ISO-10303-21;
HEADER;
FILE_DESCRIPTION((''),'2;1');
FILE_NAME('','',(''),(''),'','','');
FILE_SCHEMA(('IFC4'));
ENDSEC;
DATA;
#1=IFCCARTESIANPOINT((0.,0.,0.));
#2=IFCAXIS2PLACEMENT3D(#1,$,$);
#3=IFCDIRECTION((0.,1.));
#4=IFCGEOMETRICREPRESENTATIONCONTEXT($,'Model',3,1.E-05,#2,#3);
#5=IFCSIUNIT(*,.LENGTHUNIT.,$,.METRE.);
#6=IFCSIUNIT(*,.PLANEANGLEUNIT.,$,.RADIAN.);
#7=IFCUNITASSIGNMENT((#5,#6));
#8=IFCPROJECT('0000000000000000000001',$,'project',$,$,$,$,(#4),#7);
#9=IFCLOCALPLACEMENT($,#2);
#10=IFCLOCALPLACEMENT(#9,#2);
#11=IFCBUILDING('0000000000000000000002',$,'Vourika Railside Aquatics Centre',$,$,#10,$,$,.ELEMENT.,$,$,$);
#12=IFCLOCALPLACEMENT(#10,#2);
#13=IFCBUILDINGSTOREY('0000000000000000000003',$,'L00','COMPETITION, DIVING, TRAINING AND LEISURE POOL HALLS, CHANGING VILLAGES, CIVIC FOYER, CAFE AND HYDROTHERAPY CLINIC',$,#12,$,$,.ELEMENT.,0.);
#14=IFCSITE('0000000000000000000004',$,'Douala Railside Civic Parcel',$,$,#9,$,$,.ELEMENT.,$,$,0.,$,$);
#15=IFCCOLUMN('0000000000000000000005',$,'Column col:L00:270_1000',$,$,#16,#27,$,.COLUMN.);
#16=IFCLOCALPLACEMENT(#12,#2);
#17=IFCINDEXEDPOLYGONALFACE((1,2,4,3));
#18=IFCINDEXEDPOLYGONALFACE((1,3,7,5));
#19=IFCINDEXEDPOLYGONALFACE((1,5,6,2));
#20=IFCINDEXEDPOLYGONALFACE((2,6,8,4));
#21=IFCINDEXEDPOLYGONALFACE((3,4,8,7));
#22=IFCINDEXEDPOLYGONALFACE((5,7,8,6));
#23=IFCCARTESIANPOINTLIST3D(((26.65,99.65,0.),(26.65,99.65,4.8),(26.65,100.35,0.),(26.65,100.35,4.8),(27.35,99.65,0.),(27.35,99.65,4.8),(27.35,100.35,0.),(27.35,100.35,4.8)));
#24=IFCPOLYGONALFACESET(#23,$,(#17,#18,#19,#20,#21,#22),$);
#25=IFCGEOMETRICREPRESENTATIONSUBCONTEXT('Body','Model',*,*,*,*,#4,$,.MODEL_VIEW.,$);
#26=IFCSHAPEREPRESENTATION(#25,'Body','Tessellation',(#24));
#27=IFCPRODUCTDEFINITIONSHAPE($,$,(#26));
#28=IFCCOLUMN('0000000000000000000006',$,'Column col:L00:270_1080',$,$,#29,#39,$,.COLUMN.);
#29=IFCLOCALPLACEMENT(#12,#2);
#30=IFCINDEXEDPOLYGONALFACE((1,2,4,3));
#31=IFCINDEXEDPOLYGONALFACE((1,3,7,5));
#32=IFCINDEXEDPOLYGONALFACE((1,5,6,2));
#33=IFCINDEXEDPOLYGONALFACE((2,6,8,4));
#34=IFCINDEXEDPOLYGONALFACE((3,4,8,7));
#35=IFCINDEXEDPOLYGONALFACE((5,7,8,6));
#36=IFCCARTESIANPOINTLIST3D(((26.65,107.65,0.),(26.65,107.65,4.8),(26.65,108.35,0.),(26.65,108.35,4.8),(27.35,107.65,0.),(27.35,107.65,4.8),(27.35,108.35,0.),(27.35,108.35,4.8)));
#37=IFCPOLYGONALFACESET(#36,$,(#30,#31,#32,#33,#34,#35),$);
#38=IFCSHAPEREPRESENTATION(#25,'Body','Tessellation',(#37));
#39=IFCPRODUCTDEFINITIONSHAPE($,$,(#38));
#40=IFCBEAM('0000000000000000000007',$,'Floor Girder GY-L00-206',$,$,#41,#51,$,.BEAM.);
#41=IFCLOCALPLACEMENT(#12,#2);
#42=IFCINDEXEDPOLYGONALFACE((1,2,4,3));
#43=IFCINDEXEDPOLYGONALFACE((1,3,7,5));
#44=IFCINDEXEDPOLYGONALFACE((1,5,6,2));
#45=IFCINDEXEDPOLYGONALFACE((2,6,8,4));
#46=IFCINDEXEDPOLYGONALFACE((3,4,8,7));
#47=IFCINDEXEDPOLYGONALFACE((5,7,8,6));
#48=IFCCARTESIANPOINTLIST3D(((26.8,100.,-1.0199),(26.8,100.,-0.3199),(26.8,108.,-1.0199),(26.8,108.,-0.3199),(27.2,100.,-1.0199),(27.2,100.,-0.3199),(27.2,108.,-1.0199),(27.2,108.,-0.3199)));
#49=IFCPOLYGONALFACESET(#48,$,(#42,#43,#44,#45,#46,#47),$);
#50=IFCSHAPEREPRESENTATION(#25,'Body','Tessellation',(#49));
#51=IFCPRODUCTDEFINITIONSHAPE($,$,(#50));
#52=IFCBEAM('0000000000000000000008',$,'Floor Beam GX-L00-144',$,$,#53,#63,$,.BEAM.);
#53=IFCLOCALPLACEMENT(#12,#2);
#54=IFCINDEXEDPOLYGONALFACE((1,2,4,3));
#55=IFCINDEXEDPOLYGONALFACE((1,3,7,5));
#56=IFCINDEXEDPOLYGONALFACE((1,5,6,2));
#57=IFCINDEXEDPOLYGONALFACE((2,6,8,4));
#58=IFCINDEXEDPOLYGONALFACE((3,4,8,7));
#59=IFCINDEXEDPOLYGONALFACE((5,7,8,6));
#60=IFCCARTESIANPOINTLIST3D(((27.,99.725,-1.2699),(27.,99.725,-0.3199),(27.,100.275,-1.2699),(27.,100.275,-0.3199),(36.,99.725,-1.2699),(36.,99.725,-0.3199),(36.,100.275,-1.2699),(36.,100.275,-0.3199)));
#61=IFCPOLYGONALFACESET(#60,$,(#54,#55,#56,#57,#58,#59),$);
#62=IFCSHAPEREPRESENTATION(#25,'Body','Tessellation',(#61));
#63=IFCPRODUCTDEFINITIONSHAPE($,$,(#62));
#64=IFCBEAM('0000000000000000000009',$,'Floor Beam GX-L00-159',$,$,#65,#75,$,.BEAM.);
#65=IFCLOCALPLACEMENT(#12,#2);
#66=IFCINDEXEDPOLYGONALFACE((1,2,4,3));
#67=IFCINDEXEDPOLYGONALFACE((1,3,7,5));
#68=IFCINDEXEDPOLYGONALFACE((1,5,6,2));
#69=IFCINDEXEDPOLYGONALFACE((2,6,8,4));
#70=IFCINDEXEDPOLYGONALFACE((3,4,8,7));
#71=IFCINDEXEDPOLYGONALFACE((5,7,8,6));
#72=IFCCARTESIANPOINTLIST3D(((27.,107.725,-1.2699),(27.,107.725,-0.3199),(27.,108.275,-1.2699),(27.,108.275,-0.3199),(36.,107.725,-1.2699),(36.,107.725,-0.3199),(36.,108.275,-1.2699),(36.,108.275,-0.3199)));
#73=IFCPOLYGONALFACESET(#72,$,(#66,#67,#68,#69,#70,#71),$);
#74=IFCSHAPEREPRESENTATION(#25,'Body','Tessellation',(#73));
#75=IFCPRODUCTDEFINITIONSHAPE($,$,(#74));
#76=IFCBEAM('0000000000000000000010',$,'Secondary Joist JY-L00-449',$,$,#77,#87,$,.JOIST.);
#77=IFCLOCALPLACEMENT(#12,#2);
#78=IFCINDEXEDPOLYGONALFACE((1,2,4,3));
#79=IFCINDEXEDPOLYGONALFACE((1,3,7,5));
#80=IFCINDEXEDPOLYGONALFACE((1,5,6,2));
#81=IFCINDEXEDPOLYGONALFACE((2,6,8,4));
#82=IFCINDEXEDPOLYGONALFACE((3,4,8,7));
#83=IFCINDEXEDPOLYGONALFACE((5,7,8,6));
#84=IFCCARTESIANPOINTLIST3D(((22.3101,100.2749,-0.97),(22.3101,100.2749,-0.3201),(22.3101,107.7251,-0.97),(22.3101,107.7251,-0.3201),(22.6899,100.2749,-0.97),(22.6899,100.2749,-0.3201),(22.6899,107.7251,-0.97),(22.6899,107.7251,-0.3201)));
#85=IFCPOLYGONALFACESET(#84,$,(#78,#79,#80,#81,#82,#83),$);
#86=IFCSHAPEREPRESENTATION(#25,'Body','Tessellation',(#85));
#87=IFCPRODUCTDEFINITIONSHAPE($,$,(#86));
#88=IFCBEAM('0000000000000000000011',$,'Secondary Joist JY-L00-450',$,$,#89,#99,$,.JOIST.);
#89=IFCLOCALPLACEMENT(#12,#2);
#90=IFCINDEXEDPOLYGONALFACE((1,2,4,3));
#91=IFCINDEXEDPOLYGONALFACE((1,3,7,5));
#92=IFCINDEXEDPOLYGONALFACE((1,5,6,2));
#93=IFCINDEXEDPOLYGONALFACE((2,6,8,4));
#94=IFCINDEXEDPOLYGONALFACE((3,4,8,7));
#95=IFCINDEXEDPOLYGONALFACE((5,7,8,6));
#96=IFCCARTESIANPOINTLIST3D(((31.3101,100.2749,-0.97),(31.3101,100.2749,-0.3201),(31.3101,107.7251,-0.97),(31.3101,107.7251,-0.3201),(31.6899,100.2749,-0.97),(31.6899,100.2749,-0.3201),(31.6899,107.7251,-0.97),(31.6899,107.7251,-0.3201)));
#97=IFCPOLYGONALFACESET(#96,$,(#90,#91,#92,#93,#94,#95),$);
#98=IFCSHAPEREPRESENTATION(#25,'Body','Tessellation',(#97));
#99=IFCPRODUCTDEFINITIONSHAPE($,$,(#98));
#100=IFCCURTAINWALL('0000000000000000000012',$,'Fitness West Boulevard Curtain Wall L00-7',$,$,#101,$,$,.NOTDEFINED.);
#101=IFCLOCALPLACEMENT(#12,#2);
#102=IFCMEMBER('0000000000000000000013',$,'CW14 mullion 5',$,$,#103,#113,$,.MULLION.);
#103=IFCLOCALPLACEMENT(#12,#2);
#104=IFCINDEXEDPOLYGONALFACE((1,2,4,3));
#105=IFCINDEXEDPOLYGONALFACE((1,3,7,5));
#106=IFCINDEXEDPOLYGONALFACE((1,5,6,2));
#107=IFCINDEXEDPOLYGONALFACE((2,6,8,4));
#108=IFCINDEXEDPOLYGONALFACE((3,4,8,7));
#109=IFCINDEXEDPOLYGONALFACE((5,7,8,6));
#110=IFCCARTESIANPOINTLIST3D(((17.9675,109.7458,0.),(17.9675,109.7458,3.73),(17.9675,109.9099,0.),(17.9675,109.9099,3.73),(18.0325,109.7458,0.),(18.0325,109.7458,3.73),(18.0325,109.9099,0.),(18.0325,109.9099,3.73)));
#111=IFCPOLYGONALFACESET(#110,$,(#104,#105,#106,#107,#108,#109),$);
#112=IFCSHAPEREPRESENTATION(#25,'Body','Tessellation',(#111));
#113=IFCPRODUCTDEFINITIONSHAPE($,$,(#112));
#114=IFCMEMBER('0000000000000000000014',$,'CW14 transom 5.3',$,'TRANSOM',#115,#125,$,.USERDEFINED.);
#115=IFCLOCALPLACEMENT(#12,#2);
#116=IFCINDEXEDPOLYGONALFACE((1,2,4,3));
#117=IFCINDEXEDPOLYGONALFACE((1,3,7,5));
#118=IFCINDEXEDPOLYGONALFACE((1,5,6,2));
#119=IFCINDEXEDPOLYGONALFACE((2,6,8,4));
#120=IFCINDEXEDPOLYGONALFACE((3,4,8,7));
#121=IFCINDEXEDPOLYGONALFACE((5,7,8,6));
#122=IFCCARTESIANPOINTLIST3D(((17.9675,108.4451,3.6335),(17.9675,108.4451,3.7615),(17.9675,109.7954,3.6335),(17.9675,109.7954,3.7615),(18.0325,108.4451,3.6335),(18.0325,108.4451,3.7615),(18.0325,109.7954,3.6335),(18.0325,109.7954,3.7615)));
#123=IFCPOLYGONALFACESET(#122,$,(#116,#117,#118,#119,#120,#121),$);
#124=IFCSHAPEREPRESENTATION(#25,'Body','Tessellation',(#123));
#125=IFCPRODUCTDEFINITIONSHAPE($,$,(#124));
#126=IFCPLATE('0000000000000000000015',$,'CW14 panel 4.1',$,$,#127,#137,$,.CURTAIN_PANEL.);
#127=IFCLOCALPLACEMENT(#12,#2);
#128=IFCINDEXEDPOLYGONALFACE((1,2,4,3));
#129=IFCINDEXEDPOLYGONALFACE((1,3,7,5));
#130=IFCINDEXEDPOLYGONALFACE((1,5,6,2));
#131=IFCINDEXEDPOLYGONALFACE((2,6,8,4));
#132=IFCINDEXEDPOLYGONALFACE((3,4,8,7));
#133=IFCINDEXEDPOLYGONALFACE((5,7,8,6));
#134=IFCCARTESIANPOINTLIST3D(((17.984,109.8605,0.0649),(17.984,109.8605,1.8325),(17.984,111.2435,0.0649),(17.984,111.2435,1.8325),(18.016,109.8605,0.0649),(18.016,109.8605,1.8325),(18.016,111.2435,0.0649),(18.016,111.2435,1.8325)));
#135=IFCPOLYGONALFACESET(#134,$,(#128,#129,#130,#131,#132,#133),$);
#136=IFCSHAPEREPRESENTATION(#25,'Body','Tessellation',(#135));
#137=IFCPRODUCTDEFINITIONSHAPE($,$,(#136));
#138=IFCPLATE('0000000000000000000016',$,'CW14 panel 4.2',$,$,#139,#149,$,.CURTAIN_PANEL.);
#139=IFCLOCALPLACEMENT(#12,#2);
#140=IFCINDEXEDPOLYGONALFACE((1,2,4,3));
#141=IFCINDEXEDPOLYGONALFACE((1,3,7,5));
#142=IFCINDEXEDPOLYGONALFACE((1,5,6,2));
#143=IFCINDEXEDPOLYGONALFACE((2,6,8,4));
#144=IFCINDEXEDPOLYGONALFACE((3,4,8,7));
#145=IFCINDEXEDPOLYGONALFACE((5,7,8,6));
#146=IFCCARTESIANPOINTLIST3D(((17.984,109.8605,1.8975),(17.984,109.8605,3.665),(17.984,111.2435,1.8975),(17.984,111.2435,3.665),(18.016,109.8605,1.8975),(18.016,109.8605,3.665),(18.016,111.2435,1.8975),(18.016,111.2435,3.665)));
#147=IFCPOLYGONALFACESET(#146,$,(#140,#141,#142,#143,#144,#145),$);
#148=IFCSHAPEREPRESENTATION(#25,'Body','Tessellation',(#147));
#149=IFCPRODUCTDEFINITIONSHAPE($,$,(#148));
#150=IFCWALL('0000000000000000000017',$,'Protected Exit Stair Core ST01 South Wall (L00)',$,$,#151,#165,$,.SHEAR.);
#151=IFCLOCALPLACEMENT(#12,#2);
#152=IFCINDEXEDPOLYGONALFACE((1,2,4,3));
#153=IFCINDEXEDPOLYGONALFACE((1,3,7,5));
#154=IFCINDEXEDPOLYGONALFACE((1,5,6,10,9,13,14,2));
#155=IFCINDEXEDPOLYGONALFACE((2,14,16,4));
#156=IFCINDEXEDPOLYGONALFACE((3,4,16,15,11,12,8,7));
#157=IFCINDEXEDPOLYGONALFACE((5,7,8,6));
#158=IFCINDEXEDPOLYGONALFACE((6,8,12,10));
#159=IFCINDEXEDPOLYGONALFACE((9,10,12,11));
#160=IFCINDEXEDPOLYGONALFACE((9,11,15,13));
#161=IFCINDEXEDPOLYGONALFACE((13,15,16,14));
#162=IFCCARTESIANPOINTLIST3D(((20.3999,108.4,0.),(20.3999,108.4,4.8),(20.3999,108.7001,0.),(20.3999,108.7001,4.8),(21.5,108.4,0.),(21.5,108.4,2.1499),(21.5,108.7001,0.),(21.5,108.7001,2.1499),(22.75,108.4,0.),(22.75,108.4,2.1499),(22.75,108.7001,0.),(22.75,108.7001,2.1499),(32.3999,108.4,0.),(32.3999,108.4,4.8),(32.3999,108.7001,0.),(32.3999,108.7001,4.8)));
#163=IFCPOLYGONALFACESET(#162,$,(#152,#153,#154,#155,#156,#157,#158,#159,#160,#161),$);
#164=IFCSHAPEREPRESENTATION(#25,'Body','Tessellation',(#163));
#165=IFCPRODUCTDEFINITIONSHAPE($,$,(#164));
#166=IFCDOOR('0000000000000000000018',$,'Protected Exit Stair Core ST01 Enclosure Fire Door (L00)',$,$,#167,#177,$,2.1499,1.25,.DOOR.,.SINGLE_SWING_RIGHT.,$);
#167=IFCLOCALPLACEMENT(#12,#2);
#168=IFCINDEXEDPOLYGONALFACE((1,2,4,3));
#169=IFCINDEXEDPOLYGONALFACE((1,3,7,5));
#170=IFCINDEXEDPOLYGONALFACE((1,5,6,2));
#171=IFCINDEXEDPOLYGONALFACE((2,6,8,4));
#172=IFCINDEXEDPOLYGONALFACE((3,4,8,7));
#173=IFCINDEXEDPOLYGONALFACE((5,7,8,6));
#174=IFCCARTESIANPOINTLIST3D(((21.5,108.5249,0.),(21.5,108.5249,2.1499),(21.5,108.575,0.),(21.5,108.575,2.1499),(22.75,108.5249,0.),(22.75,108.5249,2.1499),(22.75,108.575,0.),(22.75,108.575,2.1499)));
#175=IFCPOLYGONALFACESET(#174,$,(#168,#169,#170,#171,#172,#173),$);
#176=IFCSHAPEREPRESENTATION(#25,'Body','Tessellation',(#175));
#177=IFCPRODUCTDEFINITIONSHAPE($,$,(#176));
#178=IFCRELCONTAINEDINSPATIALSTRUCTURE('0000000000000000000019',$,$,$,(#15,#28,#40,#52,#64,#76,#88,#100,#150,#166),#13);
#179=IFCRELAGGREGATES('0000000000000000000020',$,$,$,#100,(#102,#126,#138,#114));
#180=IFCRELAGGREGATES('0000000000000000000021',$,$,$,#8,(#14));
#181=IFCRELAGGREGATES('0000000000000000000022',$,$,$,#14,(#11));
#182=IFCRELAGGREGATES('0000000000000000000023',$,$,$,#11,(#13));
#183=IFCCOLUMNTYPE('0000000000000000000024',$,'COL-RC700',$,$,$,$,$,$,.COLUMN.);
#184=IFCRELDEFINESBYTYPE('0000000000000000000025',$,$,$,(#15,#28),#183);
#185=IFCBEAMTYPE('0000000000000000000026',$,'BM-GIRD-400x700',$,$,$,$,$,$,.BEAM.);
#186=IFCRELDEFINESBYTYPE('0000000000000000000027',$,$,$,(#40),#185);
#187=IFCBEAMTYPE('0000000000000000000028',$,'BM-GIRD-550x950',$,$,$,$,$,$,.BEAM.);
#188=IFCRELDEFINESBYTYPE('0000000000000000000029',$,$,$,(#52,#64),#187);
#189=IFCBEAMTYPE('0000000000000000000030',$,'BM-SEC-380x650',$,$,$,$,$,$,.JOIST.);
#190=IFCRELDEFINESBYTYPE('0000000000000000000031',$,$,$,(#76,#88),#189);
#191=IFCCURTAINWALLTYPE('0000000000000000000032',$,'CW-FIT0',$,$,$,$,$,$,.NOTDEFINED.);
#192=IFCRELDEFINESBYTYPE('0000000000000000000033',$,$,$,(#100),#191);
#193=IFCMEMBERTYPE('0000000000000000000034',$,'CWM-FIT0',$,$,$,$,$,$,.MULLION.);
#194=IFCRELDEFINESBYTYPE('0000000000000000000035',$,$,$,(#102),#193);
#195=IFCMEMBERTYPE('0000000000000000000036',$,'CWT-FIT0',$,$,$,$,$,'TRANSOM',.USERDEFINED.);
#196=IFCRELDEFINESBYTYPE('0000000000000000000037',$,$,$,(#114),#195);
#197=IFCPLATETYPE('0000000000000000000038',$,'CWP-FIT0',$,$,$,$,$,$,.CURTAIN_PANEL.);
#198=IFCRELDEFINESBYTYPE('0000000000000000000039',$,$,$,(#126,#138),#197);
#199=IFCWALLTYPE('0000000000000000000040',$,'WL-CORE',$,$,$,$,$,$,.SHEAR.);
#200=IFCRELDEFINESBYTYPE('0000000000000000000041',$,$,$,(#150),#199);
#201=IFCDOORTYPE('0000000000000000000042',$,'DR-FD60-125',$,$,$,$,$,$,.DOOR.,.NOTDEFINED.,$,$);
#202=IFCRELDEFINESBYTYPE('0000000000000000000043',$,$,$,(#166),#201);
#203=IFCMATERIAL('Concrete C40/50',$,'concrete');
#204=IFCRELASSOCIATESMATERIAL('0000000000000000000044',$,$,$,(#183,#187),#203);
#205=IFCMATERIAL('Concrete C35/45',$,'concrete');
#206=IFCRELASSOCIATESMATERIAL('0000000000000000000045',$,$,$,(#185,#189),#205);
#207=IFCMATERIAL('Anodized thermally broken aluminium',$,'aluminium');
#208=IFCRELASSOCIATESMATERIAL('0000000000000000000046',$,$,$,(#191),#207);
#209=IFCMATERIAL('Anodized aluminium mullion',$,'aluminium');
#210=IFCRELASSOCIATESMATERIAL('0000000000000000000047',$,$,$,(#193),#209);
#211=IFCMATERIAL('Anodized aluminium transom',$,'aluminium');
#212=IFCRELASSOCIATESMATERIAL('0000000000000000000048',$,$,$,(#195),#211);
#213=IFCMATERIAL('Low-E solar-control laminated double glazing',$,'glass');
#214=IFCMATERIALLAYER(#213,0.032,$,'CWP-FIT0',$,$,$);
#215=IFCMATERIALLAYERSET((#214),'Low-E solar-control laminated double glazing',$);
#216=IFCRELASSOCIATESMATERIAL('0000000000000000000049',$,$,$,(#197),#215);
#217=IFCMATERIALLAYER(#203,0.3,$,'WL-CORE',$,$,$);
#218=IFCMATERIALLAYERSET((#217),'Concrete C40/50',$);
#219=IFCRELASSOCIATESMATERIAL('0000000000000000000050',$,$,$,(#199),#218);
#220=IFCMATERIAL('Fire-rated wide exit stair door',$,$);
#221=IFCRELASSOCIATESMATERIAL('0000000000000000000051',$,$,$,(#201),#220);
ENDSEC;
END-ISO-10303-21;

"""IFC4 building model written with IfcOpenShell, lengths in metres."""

from ifc_helpers import new_model, si_unit, direction, frame, frame_2d, origin, origin_2d, place, context, subcontext, project, spatial, rectangle, extrude, material, layer, layer_set, material_profile, profile_set, type_object, element, fill, aggregate, save


model = new_model("IFC4")

# Units and contexts
model_context = context("Model", 3, precision=1e-05, world=origin(), true_north=direction((0.0, 1.0)))
body_context = subcontext(model_context, "Body", "Model", "MODEL_VIEW")
ifc_project = project(units=[si_unit("LENGTHUNIT", "METRE"), si_unit("PLANEANGLEUNIT", "RADIAN")], contexts=[model_context])

# Site, building, storey
site_placement = place(None, origin())
site = spatial("IfcSite", under=ifc_project, at=site_placement, Name="Douala Railside Civic Parcel", CompositionType="ELEMENT", RefElevation=0.0)
building_placement = place(site_placement, origin())
building = spatial("IfcBuilding", under=site, at=building_placement, Name="Vourika Railside Aquatics Centre", CompositionType="ELEMENT")
storey_placement = place(building_placement, origin())
storey = spatial("IfcBuildingStorey", under=building, at=storey_placement, Name="L00", Description="COMPETITION, DIVING, TRAINING AND LEISURE POOL HALLS, CHANGING VILLAGES, CIVIC FOYER, CAFE AND HYDROTHERAPY CLINIC", CompositionType="ELEMENT", Elevation=0.0)

# Columns
ifc_material_1 = material(Name="Concrete C40/50", Category="concrete")
ifc_material_profile_1 = material_profile(ifc_material_1, rectangle(XDim=0.7, YDim=0.7, at=origin_2d()), Name="RC 700x700")
ifc_profile_set_1 = profile_set([ifc_material_profile_1], Name="Concrete C40/50")
column_type = type_object("IfcColumnType", Name="COL-RC700", PredefinedType="COLUMN", material=ifc_profile_set_1)
for number, where, z_axis, x_axis, name in (
    (1, (27.0, 100.0, 0.0), (0.0, 0.0, 1.0), (1.0, 0.0, 0.0), "Column col:L00:270_1000"),
    (2, (27.0, 108.0, 0.0), (0.0, 0.0, 1.0), (1.0, 0.0, 0.0), "Column col:L00:270_1080"),
):
    element("IfcColumn", number, at=place(storey_placement, frame(where, z_axis=z_axis, x_axis=x_axis)), inside=storey, type_object=column_type, Name=name, PredefinedType="COLUMN", context=body_context, shape_type="SweptSolid", body=[
        extrude(rectangle(XDim=0.7, YDim=0.7, at=origin_2d()), origin(), (0.0, 0.0, 1.0), 4.8),
    ])

# Beams
ifc_material_2 = material(Name="Concrete C35/45", Category="concrete")
ifc_material_profile_2 = material_profile(ifc_material_2, rectangle(XDim=0.3999, YDim=0.7, at=origin_2d()), Name="RC 400x700")
ifc_profile_set_2 = profile_set([ifc_material_profile_2], Name="Concrete C35/45")
beam_type_1 = type_object("IfcBeamType", Name="BM-GIRD-400x700", PredefinedType="BEAM", material=ifc_profile_set_2)
beam_placement = place(storey_placement, frame((27.0, 100.0, -0.6699), z_axis=(0.0, 1.0, 0.0), x_axis=(-1.0, 0.0, 0.0)))
element("IfcBeam", 3, at=beam_placement, inside=storey, type_object=beam_type_1, Name="Floor Girder GY-L00-206", PredefinedType="BEAM", context=body_context, shape_type="SweptSolid", body=[
    extrude(rectangle(XDim=0.3999, YDim=0.7, at=origin_2d()), origin(), (0.0, 0.0, 1.0), 8.0),
])
ifc_material_profile_3 = material_profile(ifc_material_1, rectangle(XDim=0.55, YDim=0.95, at=origin_2d()), Name="RC 550x950")
ifc_profile_set_3 = profile_set([ifc_material_profile_3], Name="Concrete C40/50")
beam_type_2 = type_object("IfcBeamType", Name="BM-GIRD-550x950", PredefinedType="BEAM", material=ifc_profile_set_3)
for number, where, z_axis, x_axis, name in (
    (4, (27.0, 100.0, -0.7949), (1.0, 0.0, 0.0), (0.0, 1.0, 0.0), "Floor Beam GX-L00-144"),
    (5, (27.0, 108.0, -0.7949), (1.0, 0.0, 0.0), (0.0, 1.0, 0.0), "Floor Beam GX-L00-159"),
):
    element("IfcBeam", number, at=place(storey_placement, frame(where, z_axis=z_axis, x_axis=x_axis)), inside=storey, type_object=beam_type_2, Name=name, PredefinedType="BEAM", context=body_context, shape_type="SweptSolid", body=[
        extrude(rectangle(XDim=0.55, YDim=0.95, at=origin_2d()), origin(), (0.0, 0.0, 1.0), 9.0),
    ])
ifc_material_profile_4 = material_profile(ifc_material_2, rectangle(XDim=0.3799, YDim=0.6499, at=origin_2d()), Name="RC 380x650")
ifc_profile_set_4 = profile_set([ifc_material_profile_4], Name="Concrete C35/45")
beam_type_3 = type_object("IfcBeamType", Name="BM-SEC-380x650", PredefinedType="JOIST", material=ifc_profile_set_4)
for number, where, z_axis, x_axis, name in (
    (6, (22.5, 100.2749, -0.645), (0.0, 1.0, 0.0), (-1.0, 0.0, 0.0), "Secondary Joist JY-L00-449"),
    (7, (31.5, 100.2749, -0.645), (0.0, 1.0, 0.0), (-1.0, 0.0, 0.0), "Secondary Joist JY-L00-450"),
):
    element("IfcBeam", number, at=place(storey_placement, frame(where, z_axis=z_axis, x_axis=x_axis)), inside=storey, type_object=beam_type_3, Name=name, PredefinedType="JOIST", context=body_context, shape_type="SweptSolid", body=[
        extrude(rectangle(XDim=0.3799, YDim=0.6499, at=origin_2d()), origin(), (0.0, 0.0, 1.0), 7.4502),
    ])

# Curtain wall, members, plates
ifc_material_3 = material(Name="Anodized thermally broken aluminium", Category="aluminium")
curtain_wall_type = type_object("IfcCurtainWallType", Name="CW-FIT0", PredefinedType="NOTDEFINED", material=ifc_material_3)
curtain_wall_placement = place(storey_placement, origin())
curtain_wall = element("IfcCurtainWall", 8, at=curtain_wall_placement, inside=storey, type_object=curtain_wall_type, Name="Fitness West Boulevard Curtain Wall L00-7", PredefinedType="NOTDEFINED")
ifc_material_4 = material(Name="Anodized aluminium mullion", Category="aluminium")
ifc_material_profile_5 = material_profile(ifc_material_4, rectangle(XDim=0.0649, YDim=0.1641, at=origin_2d()), Name="ALU-M 65x164")
ifc_profile_set_5 = profile_set([ifc_material_profile_5], Name="Anodized aluminium mullion")
member_type_1 = type_object("IfcMemberType", Name="CWM-FIT0", PredefinedType="MULLION", material=ifc_profile_set_5)
member_1_placement = place(storey_placement, frame((18.0, 109.8279, 0.0), z_axis=(0.0, 0.0, 1.0), x_axis=(1.0, 0.0, 0.0)))
member_1 = element("IfcMember", 9, at=member_1_placement, type_object=member_type_1, Name="CW14 mullion 5", PredefinedType="MULLION", context=body_context, shape_type="SweptSolid", body=[
    extrude(rectangle(XDim=0.0649, YDim=0.1641, at=origin_2d()), origin(), (0.0, 0.0, 1.0), 3.73),
])
ifc_material_5 = material(Name="Anodized aluminium transom", Category="aluminium")
ifc_material_profile_6 = material_profile(ifc_material_5, rectangle(XDim=0.0649, YDim=0.1279, at=origin_2d()), Name="ALU-T 65x128")
ifc_profile_set_6 = profile_set([ifc_material_profile_6], Name="Anodized aluminium transom")
member_type_2 = type_object("IfcMemberType", Name="CWT-FIT0", ElementType="TRANSOM", PredefinedType="USERDEFINED", material=ifc_profile_set_6)
member_2_placement = place(storey_placement, frame((18.0, 109.7954, 3.6975), z_axis=(0.0, -1.0, 0.0), x_axis=(1.0, 0.0, 0.0)))
member_2 = element("IfcMember", 10, at=member_2_placement, type_object=member_type_2, Name="CW14 transom 5.3", ObjectType="TRANSOM", PredefinedType="USERDEFINED", context=body_context, shape_type="SweptSolid", body=[
    extrude(rectangle(XDim=0.0649, YDim=0.1279, at=origin_2d()), origin(), (0.0, 0.0, 1.0), 1.3503),
])
ifc_material_6 = material(Name="Low-E solar-control laminated double glazing", Category="glass")
ifc_layer_1 = layer(ifc_material_6, 0.032, Name="CWP-FIT0")
ifc_layer_set_1 = layer_set([ifc_layer_1], Name="Low-E solar-control laminated double glazing")
plate_type = type_object("IfcPlateType", Name="CWP-FIT0", PredefinedType="CURTAIN_PANEL", material=ifc_layer_set_1)
plate_1_placement = place(storey_placement, frame((18.0, 110.552, 0.0649), z_axis=(0.0, 0.0, 1.0), x_axis=(0.0, -1.0, 0.0)))
plate_1 = element("IfcPlate", 11, at=plate_1_placement, type_object=plate_type, Name="CW14 panel 4.1", PredefinedType="CURTAIN_PANEL", context=body_context, shape_type="SweptSolid", body=[
    extrude(rectangle(XDim=1.3831, YDim=0.032, at=origin_2d()), origin(), (0.0, 0.0, 1.0), 1.7676),
])
plate_2_placement = place(storey_placement, frame((18.0, 110.552, 1.8975), z_axis=(0.0, 0.0, 1.0), x_axis=(0.0, -1.0, 0.0)))
plate_2 = element("IfcPlate", 12, at=plate_2_placement, type_object=plate_type, Name="CW14 panel 4.2", PredefinedType="CURTAIN_PANEL", context=body_context, shape_type="SweptSolid", body=[
    extrude(rectangle(XDim=1.3831, YDim=0.032, at=origin_2d()), origin(), (0.0, 0.0, 1.0), 1.7676),
])
aggregate(curtain_wall, [member_1, plate_1, plate_2, member_2])

# Wall, opening, door
ifc_layer_2 = layer(ifc_material_1, 0.3, Name="WL-CORE")
ifc_layer_set_2 = layer_set([ifc_layer_2], Name="Concrete C40/50")
wall_type_1 = type_object("IfcWallType", Name="WL-CORE", PredefinedType="SHEAR", material=ifc_layer_set_2)
wall_1_placement = place(storey_placement, frame((20.3999, 108.55, 0.0), z_axis=(0.0, 0.0, 1.0), x_axis=(1.0, 0.0, 0.0)))
wall_1 = element("IfcWall", 13, at=wall_1_placement, inside=storey, type_object=wall_type_1, Name="Protected Exit Stair Core ST01 South Wall (L00)", PredefinedType="SHEAR", context=body_context, shape_type="SweptSolid", body=[
    extrude(rectangle(XDim=12.0, YDim=0.3, at=frame_2d((6.0, 0.0))), origin(), (0.0, 0.0, 1.0), 4.8),
])
opening_1_placement = place(wall_1_placement, frame((1.1001, 0.0, 0.0)))
opening_1 = element("IfcOpeningElement", 14, at=opening_1_placement, cuts=wall_1, PredefinedType="OPENING", context=body_context, shape_type="SweptSolid", body=[
    extrude(rectangle(XDim=1.25, YDim=2.1499, at=frame_2d((0.625, 1.075))), frame((0.0, 0.1602, 0.0), z_axis=(0.0, -1.0, 0.0), x_axis=(1.0, 0.0, 0.0)), (0.0, 0.0, 1.0), 0.3201),
])
ifc_material_7 = material(Name="Fire-rated wide exit stair door")
door_type_1 = type_object("IfcDoorType", Name="DR-FD60-125", OperationType="NOTDEFINED", PredefinedType="DOOR", material=ifc_material_7)
door_1_placement = place(opening_1_placement, origin())
door_1 = element("IfcDoor", 15, at=door_1_placement, inside=storey, type_object=door_type_1, Name="Protected Exit Stair Core ST01 Enclosure Fire Door (L00)", OperationType="SINGLE_SWING_RIGHT", OverallHeight=2.1499, OverallWidth=1.25, PredefinedType="DOOR", context=body_context, shape_type="SweptSolid", body=[
    extrude(rectangle(XDim=1.25, YDim=2.1499, at=frame_2d((0.625, 1.075))), frame((0.0, 0.0249, 0.0), z_axis=(0.0, -1.0, 0.0), x_axis=(1.0, 0.0, 0.0)), (0.0, 0.0, 1.0), 0.05),
])
fill(opening_1, door_1)

save(model, "model.ifc")
